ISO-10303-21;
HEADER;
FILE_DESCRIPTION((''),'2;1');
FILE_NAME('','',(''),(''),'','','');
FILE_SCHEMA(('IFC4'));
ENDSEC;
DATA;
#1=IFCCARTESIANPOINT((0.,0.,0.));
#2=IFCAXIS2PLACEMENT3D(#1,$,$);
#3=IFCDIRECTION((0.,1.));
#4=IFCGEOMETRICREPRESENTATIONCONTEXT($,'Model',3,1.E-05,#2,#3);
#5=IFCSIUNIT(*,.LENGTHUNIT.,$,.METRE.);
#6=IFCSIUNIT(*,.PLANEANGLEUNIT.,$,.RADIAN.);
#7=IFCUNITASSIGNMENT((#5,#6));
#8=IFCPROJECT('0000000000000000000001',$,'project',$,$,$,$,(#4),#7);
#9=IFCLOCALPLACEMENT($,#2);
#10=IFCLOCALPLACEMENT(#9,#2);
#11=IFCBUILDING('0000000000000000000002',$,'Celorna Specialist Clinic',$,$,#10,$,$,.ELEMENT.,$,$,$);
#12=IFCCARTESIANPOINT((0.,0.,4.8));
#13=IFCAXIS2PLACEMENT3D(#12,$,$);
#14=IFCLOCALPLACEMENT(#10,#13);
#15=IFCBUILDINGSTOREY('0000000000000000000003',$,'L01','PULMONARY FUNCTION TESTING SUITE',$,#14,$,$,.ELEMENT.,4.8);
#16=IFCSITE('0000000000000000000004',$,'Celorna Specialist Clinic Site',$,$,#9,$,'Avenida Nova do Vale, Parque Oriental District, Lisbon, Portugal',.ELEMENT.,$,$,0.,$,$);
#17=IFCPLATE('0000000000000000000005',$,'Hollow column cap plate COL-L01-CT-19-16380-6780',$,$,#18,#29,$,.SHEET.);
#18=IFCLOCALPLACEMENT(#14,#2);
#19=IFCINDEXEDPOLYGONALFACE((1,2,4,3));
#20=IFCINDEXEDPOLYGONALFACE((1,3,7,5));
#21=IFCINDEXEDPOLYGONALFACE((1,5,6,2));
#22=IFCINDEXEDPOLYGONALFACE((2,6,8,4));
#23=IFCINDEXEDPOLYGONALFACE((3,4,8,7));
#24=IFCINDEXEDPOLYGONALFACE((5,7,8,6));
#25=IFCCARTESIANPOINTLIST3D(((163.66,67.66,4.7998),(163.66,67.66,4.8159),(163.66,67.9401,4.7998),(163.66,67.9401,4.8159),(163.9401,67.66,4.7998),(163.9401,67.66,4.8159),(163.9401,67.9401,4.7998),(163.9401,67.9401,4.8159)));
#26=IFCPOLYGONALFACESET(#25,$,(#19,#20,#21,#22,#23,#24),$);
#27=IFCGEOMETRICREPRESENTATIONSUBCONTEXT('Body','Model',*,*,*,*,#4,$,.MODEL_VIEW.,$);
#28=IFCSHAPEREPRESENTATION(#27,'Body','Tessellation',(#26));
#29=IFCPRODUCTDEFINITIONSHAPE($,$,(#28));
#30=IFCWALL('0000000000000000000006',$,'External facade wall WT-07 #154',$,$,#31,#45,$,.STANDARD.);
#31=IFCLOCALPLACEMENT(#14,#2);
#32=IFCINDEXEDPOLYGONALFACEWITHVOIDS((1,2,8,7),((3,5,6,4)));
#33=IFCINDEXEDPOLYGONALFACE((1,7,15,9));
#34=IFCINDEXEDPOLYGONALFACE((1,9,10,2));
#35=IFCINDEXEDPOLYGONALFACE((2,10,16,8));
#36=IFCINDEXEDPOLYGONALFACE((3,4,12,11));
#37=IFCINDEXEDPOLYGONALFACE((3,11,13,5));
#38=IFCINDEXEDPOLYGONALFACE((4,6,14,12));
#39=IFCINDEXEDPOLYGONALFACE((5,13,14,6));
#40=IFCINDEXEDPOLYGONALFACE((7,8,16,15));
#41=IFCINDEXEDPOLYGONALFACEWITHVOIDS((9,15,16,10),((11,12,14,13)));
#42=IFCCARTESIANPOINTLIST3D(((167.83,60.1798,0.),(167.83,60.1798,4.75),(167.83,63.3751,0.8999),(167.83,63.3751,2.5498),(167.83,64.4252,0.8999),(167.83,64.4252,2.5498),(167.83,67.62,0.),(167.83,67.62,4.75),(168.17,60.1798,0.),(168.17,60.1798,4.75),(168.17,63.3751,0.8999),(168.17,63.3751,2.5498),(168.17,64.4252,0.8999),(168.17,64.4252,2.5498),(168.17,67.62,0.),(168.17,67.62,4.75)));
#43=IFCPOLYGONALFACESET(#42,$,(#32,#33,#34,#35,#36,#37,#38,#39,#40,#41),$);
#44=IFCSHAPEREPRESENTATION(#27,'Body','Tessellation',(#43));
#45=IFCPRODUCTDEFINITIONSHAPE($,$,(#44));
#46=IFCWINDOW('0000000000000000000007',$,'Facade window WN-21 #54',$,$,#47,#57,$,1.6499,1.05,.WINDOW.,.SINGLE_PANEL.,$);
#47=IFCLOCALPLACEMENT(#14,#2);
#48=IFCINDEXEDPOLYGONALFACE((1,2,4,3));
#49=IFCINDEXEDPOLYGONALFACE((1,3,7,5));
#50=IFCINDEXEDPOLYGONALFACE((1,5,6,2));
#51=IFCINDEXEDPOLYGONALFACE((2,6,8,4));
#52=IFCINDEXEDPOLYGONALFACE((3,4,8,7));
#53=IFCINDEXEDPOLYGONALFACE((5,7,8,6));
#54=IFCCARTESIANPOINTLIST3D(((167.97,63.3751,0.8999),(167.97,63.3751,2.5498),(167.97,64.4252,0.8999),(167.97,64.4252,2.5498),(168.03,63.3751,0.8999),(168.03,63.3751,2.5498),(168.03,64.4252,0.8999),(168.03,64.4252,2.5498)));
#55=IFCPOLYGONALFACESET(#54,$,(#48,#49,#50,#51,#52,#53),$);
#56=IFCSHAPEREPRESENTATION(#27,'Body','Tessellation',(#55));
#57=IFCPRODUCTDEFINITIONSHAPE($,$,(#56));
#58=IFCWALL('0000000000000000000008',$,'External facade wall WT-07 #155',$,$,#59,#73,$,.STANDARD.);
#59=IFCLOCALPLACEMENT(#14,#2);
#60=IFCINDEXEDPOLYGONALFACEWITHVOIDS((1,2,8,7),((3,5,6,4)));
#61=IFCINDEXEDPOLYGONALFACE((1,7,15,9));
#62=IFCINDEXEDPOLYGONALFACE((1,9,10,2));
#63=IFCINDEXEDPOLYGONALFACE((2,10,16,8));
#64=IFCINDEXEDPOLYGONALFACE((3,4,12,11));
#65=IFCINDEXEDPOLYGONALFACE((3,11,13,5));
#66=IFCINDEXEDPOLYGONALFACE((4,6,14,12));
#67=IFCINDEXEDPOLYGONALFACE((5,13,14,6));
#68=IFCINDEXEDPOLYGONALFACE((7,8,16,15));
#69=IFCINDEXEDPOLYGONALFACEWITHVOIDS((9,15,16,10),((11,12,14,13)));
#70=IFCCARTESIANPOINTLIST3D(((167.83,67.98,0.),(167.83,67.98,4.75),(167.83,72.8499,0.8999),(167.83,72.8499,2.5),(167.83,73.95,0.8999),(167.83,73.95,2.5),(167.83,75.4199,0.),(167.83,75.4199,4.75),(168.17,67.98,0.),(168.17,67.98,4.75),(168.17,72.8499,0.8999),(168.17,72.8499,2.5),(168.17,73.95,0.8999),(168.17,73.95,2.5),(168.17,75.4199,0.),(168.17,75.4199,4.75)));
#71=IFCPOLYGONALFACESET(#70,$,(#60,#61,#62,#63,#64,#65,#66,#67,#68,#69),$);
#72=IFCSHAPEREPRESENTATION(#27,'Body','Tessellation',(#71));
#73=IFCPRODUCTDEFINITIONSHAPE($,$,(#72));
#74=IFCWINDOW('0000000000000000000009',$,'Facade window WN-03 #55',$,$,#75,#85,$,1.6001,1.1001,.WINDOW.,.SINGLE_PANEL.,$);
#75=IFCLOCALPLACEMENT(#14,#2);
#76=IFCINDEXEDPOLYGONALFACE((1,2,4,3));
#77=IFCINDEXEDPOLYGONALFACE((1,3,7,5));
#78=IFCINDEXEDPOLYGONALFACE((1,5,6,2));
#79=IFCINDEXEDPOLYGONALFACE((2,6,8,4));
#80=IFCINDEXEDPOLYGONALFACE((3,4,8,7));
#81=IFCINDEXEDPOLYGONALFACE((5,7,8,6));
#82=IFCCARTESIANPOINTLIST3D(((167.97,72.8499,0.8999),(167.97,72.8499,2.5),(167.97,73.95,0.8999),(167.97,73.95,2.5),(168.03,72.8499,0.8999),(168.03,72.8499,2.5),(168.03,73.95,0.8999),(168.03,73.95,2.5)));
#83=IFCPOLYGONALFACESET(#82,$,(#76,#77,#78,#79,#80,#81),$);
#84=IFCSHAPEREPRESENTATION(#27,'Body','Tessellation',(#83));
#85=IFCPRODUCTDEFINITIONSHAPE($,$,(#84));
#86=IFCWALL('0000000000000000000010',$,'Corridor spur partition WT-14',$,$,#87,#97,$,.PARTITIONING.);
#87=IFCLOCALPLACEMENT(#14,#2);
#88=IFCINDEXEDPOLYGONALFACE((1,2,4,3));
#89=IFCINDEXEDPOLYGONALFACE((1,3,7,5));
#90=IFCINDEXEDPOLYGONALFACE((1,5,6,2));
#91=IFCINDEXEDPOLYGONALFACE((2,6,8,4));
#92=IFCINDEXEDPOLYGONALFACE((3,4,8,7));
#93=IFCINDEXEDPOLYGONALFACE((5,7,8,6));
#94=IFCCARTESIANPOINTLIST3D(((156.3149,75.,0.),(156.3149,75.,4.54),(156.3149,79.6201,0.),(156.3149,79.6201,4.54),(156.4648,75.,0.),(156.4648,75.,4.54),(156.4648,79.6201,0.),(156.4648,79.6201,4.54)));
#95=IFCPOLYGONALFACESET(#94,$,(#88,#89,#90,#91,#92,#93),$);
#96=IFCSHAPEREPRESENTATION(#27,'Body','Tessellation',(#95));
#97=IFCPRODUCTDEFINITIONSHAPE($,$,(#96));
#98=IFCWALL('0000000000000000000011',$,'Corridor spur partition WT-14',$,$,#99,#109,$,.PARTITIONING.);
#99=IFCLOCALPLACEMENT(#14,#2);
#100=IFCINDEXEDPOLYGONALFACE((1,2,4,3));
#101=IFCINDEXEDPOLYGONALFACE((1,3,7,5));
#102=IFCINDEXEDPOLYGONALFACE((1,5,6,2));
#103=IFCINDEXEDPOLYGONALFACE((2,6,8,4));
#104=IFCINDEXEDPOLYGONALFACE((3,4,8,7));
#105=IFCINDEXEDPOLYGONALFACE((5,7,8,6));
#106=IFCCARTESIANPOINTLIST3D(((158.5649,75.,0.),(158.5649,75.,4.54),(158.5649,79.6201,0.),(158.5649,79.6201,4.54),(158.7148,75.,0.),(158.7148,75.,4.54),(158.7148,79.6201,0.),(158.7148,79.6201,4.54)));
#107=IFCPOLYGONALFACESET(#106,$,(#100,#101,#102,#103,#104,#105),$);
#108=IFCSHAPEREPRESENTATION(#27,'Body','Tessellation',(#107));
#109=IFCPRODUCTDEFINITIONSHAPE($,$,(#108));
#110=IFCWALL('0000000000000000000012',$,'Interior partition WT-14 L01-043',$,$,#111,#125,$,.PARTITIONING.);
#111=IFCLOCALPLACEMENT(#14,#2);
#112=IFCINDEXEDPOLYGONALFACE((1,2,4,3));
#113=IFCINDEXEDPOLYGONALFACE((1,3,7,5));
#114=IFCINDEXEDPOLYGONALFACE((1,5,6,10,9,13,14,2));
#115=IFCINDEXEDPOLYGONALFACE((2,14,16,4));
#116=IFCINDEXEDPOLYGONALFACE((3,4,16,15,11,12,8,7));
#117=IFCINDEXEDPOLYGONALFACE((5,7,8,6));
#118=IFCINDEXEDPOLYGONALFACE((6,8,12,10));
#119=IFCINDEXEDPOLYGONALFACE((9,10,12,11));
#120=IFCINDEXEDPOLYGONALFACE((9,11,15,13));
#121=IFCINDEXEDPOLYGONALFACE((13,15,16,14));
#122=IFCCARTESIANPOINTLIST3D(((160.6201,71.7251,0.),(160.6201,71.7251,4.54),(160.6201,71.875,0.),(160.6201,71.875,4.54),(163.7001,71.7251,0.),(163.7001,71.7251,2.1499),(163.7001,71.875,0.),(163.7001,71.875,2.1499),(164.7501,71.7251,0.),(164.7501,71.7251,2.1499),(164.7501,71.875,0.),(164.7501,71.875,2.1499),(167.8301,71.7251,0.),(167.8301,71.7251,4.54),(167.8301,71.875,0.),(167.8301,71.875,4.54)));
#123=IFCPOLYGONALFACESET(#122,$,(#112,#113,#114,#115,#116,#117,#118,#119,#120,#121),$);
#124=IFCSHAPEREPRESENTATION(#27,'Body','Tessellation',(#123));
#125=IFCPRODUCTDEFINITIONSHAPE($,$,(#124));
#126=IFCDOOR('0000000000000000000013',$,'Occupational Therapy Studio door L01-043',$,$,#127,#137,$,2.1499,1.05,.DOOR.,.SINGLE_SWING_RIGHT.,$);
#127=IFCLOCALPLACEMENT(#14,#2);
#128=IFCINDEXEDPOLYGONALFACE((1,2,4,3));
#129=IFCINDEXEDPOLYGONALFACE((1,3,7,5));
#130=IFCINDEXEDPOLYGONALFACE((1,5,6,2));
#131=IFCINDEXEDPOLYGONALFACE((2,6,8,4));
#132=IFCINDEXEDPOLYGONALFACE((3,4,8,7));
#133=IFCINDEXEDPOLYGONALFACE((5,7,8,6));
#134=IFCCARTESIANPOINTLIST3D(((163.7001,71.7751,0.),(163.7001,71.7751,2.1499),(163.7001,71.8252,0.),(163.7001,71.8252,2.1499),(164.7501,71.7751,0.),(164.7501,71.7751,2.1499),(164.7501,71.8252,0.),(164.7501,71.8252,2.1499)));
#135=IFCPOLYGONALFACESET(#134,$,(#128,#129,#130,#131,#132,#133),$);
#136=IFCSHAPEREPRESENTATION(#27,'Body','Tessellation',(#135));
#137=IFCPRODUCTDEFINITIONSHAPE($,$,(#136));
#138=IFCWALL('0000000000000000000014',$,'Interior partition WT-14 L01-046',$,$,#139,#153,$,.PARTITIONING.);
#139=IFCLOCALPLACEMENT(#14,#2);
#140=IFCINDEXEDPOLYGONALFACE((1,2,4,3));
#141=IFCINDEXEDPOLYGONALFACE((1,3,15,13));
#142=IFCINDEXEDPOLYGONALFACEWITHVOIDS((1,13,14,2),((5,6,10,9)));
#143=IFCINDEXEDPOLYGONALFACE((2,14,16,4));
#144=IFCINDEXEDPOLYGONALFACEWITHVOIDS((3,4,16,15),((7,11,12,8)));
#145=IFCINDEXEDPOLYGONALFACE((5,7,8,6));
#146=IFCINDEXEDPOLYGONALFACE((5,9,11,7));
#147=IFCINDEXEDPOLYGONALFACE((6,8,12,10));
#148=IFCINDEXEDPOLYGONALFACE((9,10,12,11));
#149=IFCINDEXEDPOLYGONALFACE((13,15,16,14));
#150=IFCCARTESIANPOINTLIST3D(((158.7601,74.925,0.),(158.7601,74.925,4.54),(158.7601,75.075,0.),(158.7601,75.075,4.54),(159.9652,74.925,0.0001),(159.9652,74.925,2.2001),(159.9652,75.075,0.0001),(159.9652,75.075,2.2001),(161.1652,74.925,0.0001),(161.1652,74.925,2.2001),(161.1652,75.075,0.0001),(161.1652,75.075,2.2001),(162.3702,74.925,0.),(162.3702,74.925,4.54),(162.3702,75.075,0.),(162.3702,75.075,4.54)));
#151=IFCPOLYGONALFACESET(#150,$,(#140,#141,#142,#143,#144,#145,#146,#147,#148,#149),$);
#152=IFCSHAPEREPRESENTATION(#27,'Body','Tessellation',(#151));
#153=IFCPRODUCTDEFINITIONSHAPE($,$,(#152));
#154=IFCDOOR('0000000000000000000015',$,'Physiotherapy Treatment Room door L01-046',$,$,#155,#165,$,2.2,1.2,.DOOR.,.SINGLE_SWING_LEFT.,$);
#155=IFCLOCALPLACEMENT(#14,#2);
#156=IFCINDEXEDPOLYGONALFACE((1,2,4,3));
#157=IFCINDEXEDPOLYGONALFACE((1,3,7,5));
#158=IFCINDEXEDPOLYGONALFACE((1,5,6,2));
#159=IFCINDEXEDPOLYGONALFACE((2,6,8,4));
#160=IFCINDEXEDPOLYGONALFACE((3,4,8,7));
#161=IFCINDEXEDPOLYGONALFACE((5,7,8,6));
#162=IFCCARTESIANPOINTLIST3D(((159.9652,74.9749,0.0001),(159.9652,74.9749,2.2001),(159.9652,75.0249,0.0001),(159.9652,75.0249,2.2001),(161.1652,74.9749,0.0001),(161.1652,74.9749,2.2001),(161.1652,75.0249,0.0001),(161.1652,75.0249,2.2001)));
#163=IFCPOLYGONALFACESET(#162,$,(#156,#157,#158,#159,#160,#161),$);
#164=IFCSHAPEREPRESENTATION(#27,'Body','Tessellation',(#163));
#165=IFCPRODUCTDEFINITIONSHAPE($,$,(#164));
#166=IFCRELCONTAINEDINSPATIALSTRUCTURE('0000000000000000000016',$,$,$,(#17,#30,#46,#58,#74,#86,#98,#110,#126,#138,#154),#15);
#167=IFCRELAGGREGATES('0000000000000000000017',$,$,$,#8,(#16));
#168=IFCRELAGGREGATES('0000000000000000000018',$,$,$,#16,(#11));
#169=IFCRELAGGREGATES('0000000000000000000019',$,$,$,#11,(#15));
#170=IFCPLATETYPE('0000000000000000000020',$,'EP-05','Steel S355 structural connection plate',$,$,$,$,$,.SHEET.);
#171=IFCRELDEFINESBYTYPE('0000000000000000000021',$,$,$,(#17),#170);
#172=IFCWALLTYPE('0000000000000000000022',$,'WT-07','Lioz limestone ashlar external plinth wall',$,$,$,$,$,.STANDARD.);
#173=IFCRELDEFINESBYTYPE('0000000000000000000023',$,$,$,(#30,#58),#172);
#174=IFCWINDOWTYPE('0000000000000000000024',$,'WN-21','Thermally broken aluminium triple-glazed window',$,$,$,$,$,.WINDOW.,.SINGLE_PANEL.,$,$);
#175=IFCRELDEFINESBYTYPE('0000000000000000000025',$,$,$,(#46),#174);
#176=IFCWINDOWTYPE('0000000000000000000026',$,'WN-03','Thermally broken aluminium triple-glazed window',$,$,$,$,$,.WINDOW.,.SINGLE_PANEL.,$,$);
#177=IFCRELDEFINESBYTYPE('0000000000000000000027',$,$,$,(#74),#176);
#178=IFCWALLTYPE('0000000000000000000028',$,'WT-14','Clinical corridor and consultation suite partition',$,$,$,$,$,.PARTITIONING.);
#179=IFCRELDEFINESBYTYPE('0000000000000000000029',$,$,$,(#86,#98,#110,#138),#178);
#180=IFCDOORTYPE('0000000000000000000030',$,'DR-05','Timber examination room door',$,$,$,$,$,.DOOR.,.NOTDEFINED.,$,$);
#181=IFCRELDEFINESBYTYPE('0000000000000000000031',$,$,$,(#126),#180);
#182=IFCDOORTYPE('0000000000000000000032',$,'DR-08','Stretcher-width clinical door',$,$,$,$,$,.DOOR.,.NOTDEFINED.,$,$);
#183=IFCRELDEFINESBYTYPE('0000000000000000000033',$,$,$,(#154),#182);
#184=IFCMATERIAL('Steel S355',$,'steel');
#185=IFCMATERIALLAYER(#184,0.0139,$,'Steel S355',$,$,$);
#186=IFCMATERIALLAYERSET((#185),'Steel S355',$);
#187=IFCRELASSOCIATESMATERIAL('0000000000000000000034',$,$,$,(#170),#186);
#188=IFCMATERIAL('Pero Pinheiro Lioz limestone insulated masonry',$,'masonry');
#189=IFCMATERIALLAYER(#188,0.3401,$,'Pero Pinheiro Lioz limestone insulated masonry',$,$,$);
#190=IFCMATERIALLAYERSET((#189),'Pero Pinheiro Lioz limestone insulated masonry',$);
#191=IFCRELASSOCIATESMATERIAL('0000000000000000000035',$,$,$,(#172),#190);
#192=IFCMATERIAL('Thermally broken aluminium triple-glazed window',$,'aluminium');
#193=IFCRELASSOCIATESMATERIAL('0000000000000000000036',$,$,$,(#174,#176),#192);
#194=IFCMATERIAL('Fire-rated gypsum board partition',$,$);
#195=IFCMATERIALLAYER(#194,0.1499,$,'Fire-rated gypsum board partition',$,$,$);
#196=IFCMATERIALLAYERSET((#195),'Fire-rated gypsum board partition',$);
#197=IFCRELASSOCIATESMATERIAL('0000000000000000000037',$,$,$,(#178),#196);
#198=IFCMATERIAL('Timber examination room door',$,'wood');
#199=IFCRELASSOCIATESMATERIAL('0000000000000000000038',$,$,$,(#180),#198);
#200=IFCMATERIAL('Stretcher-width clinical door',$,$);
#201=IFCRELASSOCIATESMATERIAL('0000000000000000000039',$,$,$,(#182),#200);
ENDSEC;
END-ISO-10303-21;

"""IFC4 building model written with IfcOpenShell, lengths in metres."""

from ifc_helpers import new_model, si_unit, direction, frame, frame_2d, origin, origin_2d, place, context, subcontext, project, spatial, rectangle, extrude, material, layer, layer_set, type_object, element, fill, save


model = new_model("IFC4")

# Units and contexts
model_context = context("Model", 3, precision=1e-05, world=origin(), true_north=direction((0.0, 1.0)))
body_context = subcontext(model_context, "Body", "Model", "MODEL_VIEW")
ifc_project = project(units=[si_unit("LENGTHUNIT", "METRE"), si_unit("PLANEANGLEUNIT", "RADIAN")], contexts=[model_context])

# Site, building, storey
site_placement = place(None, origin())
site = spatial("IfcSite", under=ifc_project, at=site_placement, Name="Celorna Specialist Clinic Site", LongName="Avenida Nova do Vale, Parque Oriental District, Lisbon, Portugal", CompositionType="ELEMENT", RefElevation=0.0)
building_placement = place(site_placement, origin())
building = spatial("IfcBuilding", under=site, at=building_placement, Name="Celorna Specialist Clinic", CompositionType="ELEMENT")
storey_placement = place(building_placement, frame((0.0, 0.0, 4.8)))
storey = spatial("IfcBuildingStorey", under=building, at=storey_placement, Name="L01", Description="PULMONARY FUNCTION TESTING SUITE", CompositionType="ELEMENT", Elevation=4.8)

# Shared definitions
ifc_material_1 = material(Name="Steel S355", Category="steel")

# Plate
ifc_layer_1 = layer(ifc_material_1, 0.0139, Name="Steel S355")
ifc_layer_set_1 = layer_set([ifc_layer_1], Name="Steel S355")
plate_type = type_object("IfcPlateType", Name="EP-05", Description="Steel S355 structural connection plate", PredefinedType="SHEET", material=ifc_layer_set_1)
plate_placement = place(storey_placement, frame((163.8, 67.8, 4.7998), z_axis=(0.0, 0.0, 1.0), x_axis=(1.0, 0.0, 0.0)))
element("IfcPlate", 1, at=plate_placement, inside=storey, type_object=plate_type, Name="Hollow column cap plate COL-L01-CT-19-16380-6780", PredefinedType="SHEET", context=body_context, shape_type="SweptSolid", body=[
    extrude(rectangle(XDim=0.28, YDim=0.28, at=origin_2d()), origin(), (0.0, 0.0, 1.0), 0.0161),
])

# Walls, openings, windows
ifc_material_2 = material(Name="Pero Pinheiro Lioz limestone insulated masonry", Category="masonry")
ifc_layer_2 = layer(ifc_material_2, 0.3401, Name="Pero Pinheiro Lioz limestone insulated masonry")
ifc_layer_set_2 = layer_set([ifc_layer_2], Name="Pero Pinheiro Lioz limestone insulated masonry")
wall_type_1 = type_object("IfcWallType", Name="WT-07", Description="Lioz limestone ashlar external plinth wall", PredefinedType="STANDARD", material=ifc_layer_set_2)
wall_1_placement = place(storey_placement, frame((168.0, 67.6201, 0.0), z_axis=(0.0, 0.0, 1.0), x_axis=(0.0, -1.0, 0.0)))
wall_1 = element("IfcWall", 2, at=wall_1_placement, inside=storey, type_object=wall_type_1, Name="External facade wall WT-07 #154", PredefinedType="STANDARD", context=body_context, shape_type="SweptSolid", body=[
    extrude(rectangle(XDim=7.4402, YDim=0.3401, at=frame_2d((3.7202, 0.0))), origin(), (0.0, 0.0, 1.0), 4.75),
])
opening_1_placement = place(wall_1_placement, frame((3.1951, 0.0, 0.8999)))
opening_1 = element("IfcOpeningElement", 3, at=opening_1_placement, cuts=wall_1, PredefinedType="OPENING", context=body_context, shape_type="SweptSolid", body=[
    extrude(rectangle(XDim=1.05, YDim=1.6499, at=frame_2d((0.5249, 0.825))), frame((0.0, 0.1799, 0.0), z_axis=(0.0, -1.0, 0.0), x_axis=(1.0, 0.0, 0.0)), (0.0, 0.0, 1.0), 0.3601),
])
ifc_material_3 = material(Name="Thermally broken aluminium triple-glazed window", Category="aluminium")
window_type_1 = type_object("IfcWindowType", Name="WN-21", Description="Thermally broken aluminium triple-glazed window", PartitioningType="SINGLE_PANEL", PredefinedType="WINDOW", material=ifc_material_3)
window_1_placement = place(opening_1_placement, origin())
window_1 = element("IfcWindow", 4, at=window_1_placement, inside=storey, type_object=window_type_1, Name="Facade window WN-21 #54", OverallHeight=1.6499, OverallWidth=1.05, PartitioningType="SINGLE_PANEL", PredefinedType="WINDOW", context=body_context, shape_type="SweptSolid", body=[
    extrude(rectangle(XDim=1.05, YDim=1.6499, at=frame_2d((0.5249, 0.825))), frame((0.0, 0.03, 0.0), z_axis=(0.0, -1.0, 0.0), x_axis=(1.0, 0.0, 0.0)), (0.0, 0.0, 1.0), 0.0601),
])
fill(opening_1, window_1)
wall_2_placement = place(storey_placement, frame((168.0, 75.4199, 0.0), z_axis=(0.0, 0.0, 1.0), x_axis=(0.0, -1.0, 0.0)))
wall_2 = element("IfcWall", 5, at=wall_2_placement, inside=storey, type_object=wall_type_1, Name="External facade wall WT-07 #155", PredefinedType="STANDARD", context=body_context, shape_type="SweptSolid", body=[
    extrude(rectangle(XDim=7.4399, YDim=0.3401, at=frame_2d((3.72, 0.0))), origin(), (0.0, 0.0, 1.0), 4.75),
])
opening_2_placement = place(wall_2_placement, frame((1.47, 0.0, 0.8999)))
opening_2 = element("IfcOpeningElement", 6, at=opening_2_placement, cuts=wall_2, PredefinedType="OPENING", context=body_context, shape_type="SweptSolid", body=[
    extrude(rectangle(XDim=1.1001, YDim=1.6001, at=frame_2d((0.55, 0.8))), frame((0.0, 0.1799, 0.0), z_axis=(0.0, -1.0, 0.0), x_axis=(1.0, 0.0, 0.0)), (0.0, 0.0, 1.0), 0.3601),
])
window_type_2 = type_object("IfcWindowType", Name="WN-03", Description="Thermally broken aluminium triple-glazed window", PartitioningType="SINGLE_PANEL", PredefinedType="WINDOW", material=ifc_material_3)
window_2_placement = place(opening_2_placement, origin())
window_2 = element("IfcWindow", 7, at=window_2_placement, inside=storey, type_object=window_type_2, Name="Facade window WN-03 #55", OverallHeight=1.6001, OverallWidth=1.1001, PartitioningType="SINGLE_PANEL", PredefinedType="WINDOW", context=body_context, shape_type="SweptSolid", body=[
    extrude(rectangle(XDim=1.1001, YDim=1.6001, at=frame_2d((0.55, 0.8))), frame((0.0, 0.03, 0.0), z_axis=(0.0, -1.0, 0.0), x_axis=(1.0, 0.0, 0.0)), (0.0, 0.0, 1.0), 0.0601),
])
fill(opening_2, window_2)

# Walls
ifc_material_4 = material(Name="Fire-rated gypsum board partition")
ifc_layer_3 = layer(ifc_material_4, 0.1499, Name="Fire-rated gypsum board partition")
ifc_layer_set_3 = layer_set([ifc_layer_3], Name="Fire-rated gypsum board partition")
wall_type_2 = type_object("IfcWallType", Name="WT-14", Description="Clinical corridor and consultation suite partition", PredefinedType="PARTITIONING", material=ifc_layer_set_3)
for number, where, z_axis, x_axis, name in (
    (8, (156.3899, 75.0, 0.0), (0.0, 0.0, 1.0), (0.0, 1.0, 0.0), "Corridor spur partition WT-14"),
    (9, (158.6399, 75.0, 0.0), (0.0, 0.0, 1.0), (0.0, 1.0, 0.0), "Corridor spur partition WT-14"),
):
    element("IfcWall", number, at=place(storey_placement, frame(where, z_axis=z_axis, x_axis=x_axis)), inside=storey, type_object=wall_type_2, Name=name, PredefinedType="PARTITIONING", context=body_context, shape_type="SweptSolid", body=[
        extrude(rectangle(XDim=4.6201, YDim=0.1499, at=frame_2d((2.3101, 0.0))), origin(), (0.0, 0.0, 1.0), 4.54),
    ])

# Walls, openings, doors
wall_3_placement = place(storey_placement, frame((167.8301, 71.8, 0.0), z_axis=(0.0, 0.0, 1.0), x_axis=(-1.0, 0.0, 0.0)))
wall_3 = element("IfcWall", 10, at=wall_3_placement, inside=storey, type_object=wall_type_2, Name="Interior partition WT-14 L01-043", PredefinedType="PARTITIONING", context=body_context, shape_type="SweptSolid", body=[
    extrude(rectangle(XDim=7.21, YDim=0.1499, at=frame_2d((3.605, 0.0))), origin(), (0.0, 0.0, 1.0), 4.54),
])
opening_3_placement = place(wall_3_placement, frame((3.0801, 0.0, 0.0)))
opening_3 = element("IfcOpeningElement", 11, at=opening_3_placement, cuts=wall_3, PredefinedType="OPENING", context=body_context, shape_type="SweptSolid", body=[
    extrude(rectangle(XDim=1.05, YDim=2.1499, at=frame_2d((0.5249, 1.075))), frame((0.0, 0.085, 0.0), z_axis=(0.0, -1.0, 0.0), x_axis=(1.0, 0.0, 0.0)), (0.0, 0.0, 1.0), 0.1699),
])
ifc_material_5 = material(Name="Timber examination room door", Category="wood")
door_type_1 = type_object("IfcDoorType", Name="DR-05", Description="Timber examination room door", OperationType="NOTDEFINED", PredefinedType="DOOR", material=ifc_material_5)
door_1_placement = place(opening_3_placement, origin())
door_1 = element("IfcDoor", 12, at=door_1_placement, inside=storey, type_object=door_type_1, Name="Occupational Therapy Studio door L01-043", OperationType="SINGLE_SWING_RIGHT", OverallHeight=2.1499, OverallWidth=1.05, PredefinedType="DOOR", context=body_context, shape_type="SweptSolid", body=[
    extrude(rectangle(XDim=1.05, YDim=2.1499, at=frame_2d((0.5249, 1.075))), frame((0.0, 0.0249, 0.0), z_axis=(0.0, -1.0, 0.0), x_axis=(1.0, 0.0, 0.0)), (0.0, 0.0, 1.0), 0.05),
])
fill(opening_3, door_1)
wall_4_placement = place(storey_placement, frame((158.76, 75.0, 0.0), z_axis=(0.0, 0.0, 1.0), x_axis=(1.0, 0.0, 0.0)))
wall_4 = element("IfcWall", 13, at=wall_4_placement, inside=storey, type_object=wall_type_2, Name="Interior partition WT-14 L01-046", PredefinedType="PARTITIONING", context=body_context, shape_type="SweptSolid", body=[
    extrude(rectangle(XDim=3.6101, YDim=0.1499, at=frame_2d((1.8052, 0.0))), origin(), (0.0, 0.0, 1.0), 4.54),
])
opening_4_placement = place(wall_4_placement, frame((1.2051, 0.0, 0.0)))
opening_4 = element("IfcOpeningElement", 14, at=opening_4_placement, cuts=wall_4, PredefinedType="OPENING", context=body_context, shape_type="SweptSolid", body=[
    extrude(rectangle(XDim=1.2, YDim=2.2, at=frame_2d((0.6001, 1.1001))), frame((0.0, 0.085, 0.0), z_axis=(0.0, -1.0, 0.0), x_axis=(1.0, 0.0, 0.0)), (0.0, 0.0, 1.0), 0.1699),
])
ifc_material_6 = material(Name="Stretcher-width clinical door")
door_type_2 = type_object("IfcDoorType", Name="DR-08", Description="Stretcher-width clinical door", OperationType="NOTDEFINED", PredefinedType="DOOR", material=ifc_material_6)
door_2_placement = place(opening_4_placement, origin())
door_2 = element("IfcDoor", 15, at=door_2_placement, inside=storey, type_object=door_type_2, Name="Physiotherapy Treatment Room door L01-046", OperationType="SINGLE_SWING_LEFT", OverallHeight=2.2, OverallWidth=1.2, PredefinedType="DOOR", context=body_context, shape_type="SweptSolid", body=[
    extrude(rectangle(XDim=1.2, YDim=2.2, at=frame_2d((0.6001, 1.1001))), frame((0.0, 0.0249, 0.0), z_axis=(0.0, -1.0, 0.0), x_axis=(1.0, 0.0, 0.0)), (0.0, 0.0, 1.0), 0.05),
])
fill(opening_4, door_2)

save(model, "model.ifc")
